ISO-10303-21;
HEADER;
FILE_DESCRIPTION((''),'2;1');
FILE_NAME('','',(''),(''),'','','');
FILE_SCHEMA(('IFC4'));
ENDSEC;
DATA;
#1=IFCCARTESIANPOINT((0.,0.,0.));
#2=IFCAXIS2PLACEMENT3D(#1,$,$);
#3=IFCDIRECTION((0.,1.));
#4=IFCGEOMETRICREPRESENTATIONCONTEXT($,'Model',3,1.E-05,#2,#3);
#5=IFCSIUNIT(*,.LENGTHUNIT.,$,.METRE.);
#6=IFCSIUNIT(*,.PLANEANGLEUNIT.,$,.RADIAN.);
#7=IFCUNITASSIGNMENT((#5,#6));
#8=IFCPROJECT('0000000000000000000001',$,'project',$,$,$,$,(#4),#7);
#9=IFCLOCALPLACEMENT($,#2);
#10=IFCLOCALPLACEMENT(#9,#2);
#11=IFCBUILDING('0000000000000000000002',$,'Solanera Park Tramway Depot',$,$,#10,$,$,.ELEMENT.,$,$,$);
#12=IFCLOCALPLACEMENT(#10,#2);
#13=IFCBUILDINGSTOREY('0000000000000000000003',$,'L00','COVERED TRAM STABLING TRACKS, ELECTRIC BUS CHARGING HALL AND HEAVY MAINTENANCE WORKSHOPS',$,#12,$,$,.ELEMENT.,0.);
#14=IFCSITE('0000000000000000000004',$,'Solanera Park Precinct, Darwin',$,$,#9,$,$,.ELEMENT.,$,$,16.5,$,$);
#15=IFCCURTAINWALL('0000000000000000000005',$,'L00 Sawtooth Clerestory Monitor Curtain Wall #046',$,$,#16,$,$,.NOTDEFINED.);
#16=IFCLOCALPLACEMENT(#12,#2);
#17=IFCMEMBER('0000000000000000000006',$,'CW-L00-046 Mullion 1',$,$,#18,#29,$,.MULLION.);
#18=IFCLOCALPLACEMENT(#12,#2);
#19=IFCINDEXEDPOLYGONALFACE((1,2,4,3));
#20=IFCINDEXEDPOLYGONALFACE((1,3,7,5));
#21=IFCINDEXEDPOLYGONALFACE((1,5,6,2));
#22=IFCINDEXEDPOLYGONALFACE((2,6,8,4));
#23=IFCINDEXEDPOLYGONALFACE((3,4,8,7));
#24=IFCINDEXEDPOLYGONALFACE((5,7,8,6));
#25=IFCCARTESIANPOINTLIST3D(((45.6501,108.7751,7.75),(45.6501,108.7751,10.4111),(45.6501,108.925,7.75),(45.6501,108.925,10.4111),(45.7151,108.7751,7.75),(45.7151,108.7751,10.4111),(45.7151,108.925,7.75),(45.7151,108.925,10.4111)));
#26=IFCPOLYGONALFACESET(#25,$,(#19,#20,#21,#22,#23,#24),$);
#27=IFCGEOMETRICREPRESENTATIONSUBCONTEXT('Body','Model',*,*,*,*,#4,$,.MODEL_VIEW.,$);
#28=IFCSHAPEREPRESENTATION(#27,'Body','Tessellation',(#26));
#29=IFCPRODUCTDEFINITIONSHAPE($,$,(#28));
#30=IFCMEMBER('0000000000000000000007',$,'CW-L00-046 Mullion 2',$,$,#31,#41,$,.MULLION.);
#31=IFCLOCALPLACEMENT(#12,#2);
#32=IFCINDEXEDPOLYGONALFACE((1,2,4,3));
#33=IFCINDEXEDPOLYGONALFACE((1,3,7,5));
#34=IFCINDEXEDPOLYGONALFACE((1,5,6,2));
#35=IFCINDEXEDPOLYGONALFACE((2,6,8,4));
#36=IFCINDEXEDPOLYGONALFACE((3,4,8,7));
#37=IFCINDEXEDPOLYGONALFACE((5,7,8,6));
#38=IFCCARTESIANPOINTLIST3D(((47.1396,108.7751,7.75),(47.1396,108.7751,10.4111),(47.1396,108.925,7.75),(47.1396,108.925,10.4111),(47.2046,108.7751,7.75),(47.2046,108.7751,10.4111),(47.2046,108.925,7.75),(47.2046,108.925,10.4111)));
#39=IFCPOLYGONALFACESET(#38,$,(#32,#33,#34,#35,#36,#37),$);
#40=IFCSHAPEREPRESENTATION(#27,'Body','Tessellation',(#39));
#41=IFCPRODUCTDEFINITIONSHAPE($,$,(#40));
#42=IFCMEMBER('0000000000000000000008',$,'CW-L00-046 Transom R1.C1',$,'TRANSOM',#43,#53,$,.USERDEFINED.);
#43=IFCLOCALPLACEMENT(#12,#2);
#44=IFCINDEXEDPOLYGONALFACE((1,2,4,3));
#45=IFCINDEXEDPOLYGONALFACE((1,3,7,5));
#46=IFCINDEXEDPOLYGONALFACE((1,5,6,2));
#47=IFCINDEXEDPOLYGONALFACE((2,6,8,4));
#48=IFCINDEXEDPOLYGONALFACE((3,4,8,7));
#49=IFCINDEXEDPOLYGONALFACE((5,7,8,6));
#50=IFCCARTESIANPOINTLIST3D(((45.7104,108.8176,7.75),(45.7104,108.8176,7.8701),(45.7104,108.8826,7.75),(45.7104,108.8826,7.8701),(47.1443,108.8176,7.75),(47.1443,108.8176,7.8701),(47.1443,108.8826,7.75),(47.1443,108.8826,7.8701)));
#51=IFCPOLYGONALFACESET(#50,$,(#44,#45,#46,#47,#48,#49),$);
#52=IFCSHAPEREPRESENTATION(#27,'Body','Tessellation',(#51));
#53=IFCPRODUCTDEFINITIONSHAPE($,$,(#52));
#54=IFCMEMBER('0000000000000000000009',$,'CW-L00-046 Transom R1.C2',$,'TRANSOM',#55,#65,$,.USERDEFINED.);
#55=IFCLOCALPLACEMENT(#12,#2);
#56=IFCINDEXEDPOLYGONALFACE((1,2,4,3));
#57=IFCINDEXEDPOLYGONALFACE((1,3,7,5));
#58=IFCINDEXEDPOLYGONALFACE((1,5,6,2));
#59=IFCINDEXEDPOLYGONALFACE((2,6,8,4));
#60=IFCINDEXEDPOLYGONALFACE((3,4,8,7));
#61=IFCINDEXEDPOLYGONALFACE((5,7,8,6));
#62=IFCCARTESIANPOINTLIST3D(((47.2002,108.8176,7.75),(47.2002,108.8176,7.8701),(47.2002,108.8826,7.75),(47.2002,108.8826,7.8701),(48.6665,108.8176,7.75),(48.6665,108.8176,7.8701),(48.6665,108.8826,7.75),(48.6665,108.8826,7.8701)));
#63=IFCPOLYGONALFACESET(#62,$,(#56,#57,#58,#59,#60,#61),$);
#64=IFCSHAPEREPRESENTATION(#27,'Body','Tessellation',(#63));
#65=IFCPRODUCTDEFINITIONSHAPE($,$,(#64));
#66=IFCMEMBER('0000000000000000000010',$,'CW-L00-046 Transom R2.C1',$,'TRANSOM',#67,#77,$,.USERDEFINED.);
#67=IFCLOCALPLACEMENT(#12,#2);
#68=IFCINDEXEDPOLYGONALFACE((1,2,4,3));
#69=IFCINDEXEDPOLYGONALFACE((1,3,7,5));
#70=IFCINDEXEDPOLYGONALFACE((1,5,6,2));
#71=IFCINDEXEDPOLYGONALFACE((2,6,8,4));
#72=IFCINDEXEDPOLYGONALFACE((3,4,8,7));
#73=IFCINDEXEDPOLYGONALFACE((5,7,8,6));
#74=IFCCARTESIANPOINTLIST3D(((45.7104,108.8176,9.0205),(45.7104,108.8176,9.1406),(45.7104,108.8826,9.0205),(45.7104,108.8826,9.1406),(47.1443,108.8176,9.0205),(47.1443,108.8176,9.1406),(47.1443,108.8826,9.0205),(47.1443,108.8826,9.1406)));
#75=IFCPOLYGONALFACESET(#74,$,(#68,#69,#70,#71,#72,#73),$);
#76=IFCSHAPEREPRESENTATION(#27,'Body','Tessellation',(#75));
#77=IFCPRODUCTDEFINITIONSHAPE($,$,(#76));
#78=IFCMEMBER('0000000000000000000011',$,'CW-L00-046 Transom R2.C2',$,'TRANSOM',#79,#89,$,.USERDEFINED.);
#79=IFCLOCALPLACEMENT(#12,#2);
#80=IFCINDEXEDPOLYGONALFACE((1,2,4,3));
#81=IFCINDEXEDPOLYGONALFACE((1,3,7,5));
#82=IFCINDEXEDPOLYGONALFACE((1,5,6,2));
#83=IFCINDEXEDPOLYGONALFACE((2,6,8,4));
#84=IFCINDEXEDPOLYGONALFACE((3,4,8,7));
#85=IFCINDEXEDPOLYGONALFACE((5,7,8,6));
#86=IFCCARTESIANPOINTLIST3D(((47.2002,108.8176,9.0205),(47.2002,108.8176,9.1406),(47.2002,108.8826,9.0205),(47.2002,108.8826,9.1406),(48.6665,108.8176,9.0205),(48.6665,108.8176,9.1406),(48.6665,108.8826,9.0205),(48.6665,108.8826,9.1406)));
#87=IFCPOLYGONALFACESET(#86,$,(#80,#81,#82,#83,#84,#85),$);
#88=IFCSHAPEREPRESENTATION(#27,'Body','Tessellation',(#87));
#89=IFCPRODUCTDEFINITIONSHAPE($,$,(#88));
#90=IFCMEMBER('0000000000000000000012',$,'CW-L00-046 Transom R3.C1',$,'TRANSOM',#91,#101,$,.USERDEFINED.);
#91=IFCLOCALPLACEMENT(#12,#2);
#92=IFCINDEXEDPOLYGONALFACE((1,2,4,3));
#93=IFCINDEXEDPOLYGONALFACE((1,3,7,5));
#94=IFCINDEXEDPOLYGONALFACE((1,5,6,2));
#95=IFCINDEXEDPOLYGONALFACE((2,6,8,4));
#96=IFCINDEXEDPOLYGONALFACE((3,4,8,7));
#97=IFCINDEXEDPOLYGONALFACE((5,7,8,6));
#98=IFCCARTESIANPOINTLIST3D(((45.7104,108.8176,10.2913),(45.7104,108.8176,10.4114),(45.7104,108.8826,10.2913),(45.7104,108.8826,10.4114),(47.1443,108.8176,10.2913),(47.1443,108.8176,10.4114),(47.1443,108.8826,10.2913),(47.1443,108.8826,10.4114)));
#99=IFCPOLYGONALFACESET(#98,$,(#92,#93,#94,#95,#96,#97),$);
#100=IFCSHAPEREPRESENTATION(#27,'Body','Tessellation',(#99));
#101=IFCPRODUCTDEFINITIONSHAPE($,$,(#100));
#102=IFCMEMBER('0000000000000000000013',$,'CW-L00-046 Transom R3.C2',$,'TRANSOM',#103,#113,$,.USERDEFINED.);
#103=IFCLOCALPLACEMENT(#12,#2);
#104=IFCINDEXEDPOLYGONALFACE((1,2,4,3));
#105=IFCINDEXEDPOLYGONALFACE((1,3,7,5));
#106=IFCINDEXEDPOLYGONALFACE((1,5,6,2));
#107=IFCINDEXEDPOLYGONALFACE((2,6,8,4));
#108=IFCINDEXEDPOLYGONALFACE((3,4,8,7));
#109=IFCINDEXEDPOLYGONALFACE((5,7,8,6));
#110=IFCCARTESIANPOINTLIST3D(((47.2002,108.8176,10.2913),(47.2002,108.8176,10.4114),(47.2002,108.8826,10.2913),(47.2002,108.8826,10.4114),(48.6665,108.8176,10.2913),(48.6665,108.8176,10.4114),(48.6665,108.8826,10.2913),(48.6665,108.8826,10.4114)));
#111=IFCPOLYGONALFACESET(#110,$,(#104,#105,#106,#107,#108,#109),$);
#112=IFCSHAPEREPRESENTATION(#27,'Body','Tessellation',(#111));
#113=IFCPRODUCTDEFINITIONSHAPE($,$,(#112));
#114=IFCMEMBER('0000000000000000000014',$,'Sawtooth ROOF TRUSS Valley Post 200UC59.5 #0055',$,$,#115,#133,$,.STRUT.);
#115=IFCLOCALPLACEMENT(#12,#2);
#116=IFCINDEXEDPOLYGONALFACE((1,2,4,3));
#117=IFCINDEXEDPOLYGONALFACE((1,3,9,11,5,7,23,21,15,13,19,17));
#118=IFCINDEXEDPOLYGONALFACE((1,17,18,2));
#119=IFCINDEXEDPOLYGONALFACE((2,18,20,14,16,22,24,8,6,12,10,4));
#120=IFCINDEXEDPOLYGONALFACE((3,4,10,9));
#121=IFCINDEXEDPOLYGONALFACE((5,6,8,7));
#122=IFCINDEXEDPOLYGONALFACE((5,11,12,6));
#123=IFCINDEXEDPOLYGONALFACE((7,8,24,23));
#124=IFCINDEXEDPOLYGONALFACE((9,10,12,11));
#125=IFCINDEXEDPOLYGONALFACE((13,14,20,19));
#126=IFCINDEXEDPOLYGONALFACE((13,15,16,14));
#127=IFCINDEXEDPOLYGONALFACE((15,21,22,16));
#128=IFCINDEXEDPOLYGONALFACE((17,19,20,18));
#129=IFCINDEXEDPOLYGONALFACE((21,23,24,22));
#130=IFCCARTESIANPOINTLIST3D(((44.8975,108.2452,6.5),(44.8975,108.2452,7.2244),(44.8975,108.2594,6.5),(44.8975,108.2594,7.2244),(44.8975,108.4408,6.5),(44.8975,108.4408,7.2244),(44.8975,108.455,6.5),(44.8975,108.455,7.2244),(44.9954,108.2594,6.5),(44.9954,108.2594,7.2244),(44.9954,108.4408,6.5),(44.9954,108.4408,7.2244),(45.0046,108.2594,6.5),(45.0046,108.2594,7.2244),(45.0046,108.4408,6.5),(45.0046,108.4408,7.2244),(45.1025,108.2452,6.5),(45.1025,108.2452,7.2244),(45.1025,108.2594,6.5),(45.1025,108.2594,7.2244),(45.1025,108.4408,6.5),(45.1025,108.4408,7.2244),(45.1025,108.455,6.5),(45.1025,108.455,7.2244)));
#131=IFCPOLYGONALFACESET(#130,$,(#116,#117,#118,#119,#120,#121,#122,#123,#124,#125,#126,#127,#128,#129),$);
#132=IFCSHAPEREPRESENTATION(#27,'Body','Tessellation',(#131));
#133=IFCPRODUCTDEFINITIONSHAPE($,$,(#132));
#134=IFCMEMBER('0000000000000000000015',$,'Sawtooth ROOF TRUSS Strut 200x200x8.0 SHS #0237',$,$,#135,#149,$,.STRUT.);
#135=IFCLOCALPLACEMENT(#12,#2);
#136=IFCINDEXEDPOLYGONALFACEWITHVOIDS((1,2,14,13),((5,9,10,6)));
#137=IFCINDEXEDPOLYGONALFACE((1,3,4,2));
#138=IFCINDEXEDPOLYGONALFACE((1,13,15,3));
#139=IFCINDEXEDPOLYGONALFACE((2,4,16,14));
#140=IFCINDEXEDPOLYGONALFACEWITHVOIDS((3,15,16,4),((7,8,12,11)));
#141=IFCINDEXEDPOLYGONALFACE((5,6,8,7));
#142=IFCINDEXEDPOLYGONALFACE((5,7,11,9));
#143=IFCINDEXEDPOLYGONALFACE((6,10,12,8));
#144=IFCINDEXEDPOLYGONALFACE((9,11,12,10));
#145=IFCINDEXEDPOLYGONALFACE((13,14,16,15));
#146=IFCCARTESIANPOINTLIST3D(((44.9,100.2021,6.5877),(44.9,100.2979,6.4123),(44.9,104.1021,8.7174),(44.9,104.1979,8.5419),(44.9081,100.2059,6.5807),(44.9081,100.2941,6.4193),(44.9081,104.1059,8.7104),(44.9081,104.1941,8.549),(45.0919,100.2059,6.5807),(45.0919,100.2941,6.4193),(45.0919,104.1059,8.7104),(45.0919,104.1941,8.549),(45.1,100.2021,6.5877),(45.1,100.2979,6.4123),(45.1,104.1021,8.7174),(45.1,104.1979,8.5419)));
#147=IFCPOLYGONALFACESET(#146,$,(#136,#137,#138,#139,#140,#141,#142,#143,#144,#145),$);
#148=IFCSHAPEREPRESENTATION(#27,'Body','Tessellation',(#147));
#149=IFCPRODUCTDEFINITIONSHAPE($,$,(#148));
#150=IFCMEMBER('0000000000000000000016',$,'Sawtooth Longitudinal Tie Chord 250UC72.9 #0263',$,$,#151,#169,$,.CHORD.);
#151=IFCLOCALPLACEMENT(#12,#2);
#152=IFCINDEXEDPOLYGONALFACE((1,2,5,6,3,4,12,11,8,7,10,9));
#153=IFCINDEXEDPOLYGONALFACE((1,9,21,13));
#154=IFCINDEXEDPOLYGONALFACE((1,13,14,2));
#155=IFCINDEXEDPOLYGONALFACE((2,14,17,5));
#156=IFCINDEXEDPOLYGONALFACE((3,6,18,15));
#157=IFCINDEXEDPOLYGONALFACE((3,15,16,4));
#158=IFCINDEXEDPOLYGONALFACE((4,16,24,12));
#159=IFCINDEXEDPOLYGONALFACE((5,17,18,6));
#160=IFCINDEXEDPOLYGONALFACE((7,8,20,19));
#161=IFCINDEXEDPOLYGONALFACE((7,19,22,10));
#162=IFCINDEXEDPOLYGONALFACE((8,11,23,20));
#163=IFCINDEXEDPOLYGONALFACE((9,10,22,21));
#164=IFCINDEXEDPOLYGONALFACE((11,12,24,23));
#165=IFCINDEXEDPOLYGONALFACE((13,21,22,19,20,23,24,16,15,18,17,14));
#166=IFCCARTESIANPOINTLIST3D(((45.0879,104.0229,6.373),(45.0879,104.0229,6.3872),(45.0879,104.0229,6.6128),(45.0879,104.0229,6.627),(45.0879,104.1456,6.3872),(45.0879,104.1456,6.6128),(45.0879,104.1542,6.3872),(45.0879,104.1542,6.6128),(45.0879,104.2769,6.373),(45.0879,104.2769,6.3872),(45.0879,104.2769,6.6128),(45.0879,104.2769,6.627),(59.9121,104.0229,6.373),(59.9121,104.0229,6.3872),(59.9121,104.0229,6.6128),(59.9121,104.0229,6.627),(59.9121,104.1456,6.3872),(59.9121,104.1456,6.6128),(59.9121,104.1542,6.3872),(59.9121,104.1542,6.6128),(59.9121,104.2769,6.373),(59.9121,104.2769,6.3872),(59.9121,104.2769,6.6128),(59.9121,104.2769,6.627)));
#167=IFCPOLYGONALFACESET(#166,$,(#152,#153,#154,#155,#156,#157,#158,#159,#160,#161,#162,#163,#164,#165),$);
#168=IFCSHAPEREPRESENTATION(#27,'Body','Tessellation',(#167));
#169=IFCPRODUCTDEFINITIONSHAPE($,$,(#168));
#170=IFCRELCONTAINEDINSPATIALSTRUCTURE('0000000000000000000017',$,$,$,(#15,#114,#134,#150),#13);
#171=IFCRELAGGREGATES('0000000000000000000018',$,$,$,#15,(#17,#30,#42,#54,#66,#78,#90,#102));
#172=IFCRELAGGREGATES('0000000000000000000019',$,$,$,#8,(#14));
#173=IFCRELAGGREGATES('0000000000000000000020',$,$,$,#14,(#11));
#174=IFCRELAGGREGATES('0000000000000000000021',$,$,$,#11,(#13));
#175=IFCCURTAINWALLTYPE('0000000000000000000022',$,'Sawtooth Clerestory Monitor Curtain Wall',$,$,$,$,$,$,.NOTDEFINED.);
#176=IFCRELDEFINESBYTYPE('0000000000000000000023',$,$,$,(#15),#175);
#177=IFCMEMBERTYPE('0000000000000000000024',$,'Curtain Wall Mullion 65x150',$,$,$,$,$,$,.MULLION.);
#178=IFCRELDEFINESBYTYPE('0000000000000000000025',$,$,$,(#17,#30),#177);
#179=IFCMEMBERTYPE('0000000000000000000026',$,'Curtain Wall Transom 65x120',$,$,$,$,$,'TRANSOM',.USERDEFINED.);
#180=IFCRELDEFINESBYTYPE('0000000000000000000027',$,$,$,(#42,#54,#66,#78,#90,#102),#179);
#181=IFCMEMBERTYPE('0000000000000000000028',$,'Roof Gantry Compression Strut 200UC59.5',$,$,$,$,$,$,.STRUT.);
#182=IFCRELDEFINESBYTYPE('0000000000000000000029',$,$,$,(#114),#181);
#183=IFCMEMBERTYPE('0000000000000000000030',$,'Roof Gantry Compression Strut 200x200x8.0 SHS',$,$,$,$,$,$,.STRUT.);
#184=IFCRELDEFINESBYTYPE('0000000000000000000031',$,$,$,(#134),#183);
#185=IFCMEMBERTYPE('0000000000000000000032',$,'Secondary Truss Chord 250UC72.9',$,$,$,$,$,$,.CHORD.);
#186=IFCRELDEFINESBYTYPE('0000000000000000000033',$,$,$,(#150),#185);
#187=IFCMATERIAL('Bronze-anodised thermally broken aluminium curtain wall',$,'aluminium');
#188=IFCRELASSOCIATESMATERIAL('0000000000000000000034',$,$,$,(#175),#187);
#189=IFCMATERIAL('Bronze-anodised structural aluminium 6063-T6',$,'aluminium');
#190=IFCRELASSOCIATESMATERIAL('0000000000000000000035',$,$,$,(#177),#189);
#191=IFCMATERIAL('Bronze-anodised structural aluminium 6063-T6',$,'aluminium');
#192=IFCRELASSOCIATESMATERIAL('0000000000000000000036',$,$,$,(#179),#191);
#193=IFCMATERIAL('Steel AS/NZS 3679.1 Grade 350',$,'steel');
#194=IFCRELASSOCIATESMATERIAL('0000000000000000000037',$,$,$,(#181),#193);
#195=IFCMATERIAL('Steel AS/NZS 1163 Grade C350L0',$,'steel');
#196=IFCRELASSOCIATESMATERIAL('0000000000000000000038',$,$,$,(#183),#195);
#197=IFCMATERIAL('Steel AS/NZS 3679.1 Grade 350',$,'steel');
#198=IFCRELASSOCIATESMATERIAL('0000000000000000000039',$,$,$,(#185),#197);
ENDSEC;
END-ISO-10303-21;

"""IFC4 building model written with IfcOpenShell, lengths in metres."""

from ifc_helpers import new_model, si_unit, direction, frame, origin, origin_2d, place, context, subcontext, project, spatial, rectangle, hollow_rectangle, i_section, extrude, material, material_profile, profile_set, type_object, element, aggregate, save


model = new_model("IFC4")

# Units and contexts
model_context = context("Model", 3, precision=1e-05, world=origin(), true_north=direction((0.0, 1.0)))
body_context = subcontext(model_context, "Body", "Model", "MODEL_VIEW")
ifc_project = project(units=[si_unit("LENGTHUNIT", "METRE"), si_unit("PLANEANGLEUNIT", "RADIAN")], contexts=[model_context])

# Site, building, storey
site_placement = place(None, origin())
site = spatial("IfcSite", under=ifc_project, at=site_placement, Name="Solanera Park Precinct, Darwin", CompositionType="ELEMENT", RefElevation=16.5)
building_placement = place(site_placement, origin())
building = spatial("IfcBuilding", under=site, at=building_placement, Name="Solanera Park Tramway Depot", CompositionType="ELEMENT")
storey_placement = place(building_placement, origin())
storey = spatial("IfcBuildingStorey", under=building, at=storey_placement, Name="L00", Description="COVERED TRAM STABLING TRACKS, ELECTRIC BUS CHARGING HALL AND HEAVY MAINTENANCE WORKSHOPS", CompositionType="ELEMENT", Elevation=0.0)

# Curtain wall, members
ifc_material_1 = material(Name="Bronze-anodised thermally broken aluminium curtain wall", Category="aluminium")
curtain_wall_type = type_object("IfcCurtainWallType", Name="Sawtooth Clerestory Monitor Curtain Wall", PredefinedType="NOTDEFINED", material=ifc_material_1)
curtain_wall_placement = place(storey_placement, origin())
curtain_wall = element("IfcCurtainWall", 1, at=curtain_wall_placement, inside=storey, type_object=curtain_wall_type, Name="L00 Sawtooth Clerestory Monitor Curtain Wall #046", PredefinedType="NOTDEFINED")
ifc_material_2 = material(Name="Bronze-anodised structural aluminium 6063-T6", Category="aluminium")
ifc_material_profile_1 = material_profile(ifc_material_2, rectangle(XDim=0.0649, YDim=0.1499, at=origin_2d()), Name="Curtain Wall Mullion 65x150")
ifc_profile_set_1 = profile_set([ifc_material_profile_1], Name="Bronze-anodised structural aluminium 6063-T6")
member_type_1 = type_object("IfcMemberType", Name="Curtain Wall Mullion 65x150", PredefinedType="MULLION", material=ifc_profile_set_1)
member_1_placement = place(storey_placement, frame((45.6826, 108.8501, 7.75), z_axis=(0.0, 0.0, 1.0), x_axis=(1.0, 0.0, 0.0)))
member_1 = element("IfcMember", 2, at=member_1_placement, type_object=member_type_1, Name="CW-L00-046 Mullion 1", PredefinedType="MULLION", context=body_context, shape_type="SweptSolid", body=[
    extrude(rectangle(XDim=0.0649, YDim=0.1499, at=origin_2d()), origin(), (0.0, 0.0, 1.0), 2.6611),
])
member_2_placement = place(storey_placement, frame((47.1721, 108.8501, 7.75), z_axis=(0.0, 0.0, 1.0), x_axis=(1.0, 0.0, 0.0)))
member_2 = element("IfcMember", 3, at=member_2_placement, type_object=member_type_1, Name="CW-L00-046 Mullion 2", PredefinedType="MULLION", context=body_context, shape_type="SweptSolid", body=[
    extrude(rectangle(XDim=0.0649, YDim=0.1499, at=origin_2d()), origin(), (0.0, 0.0, 1.0), 2.6611),
])
ifc_material_3 = material(Name="Bronze-anodised structural aluminium 6063-T6", Category="aluminium")
ifc_material_profile_2 = material_profile(ifc_material_3, rectangle(XDim=0.0649, YDim=0.1201, at=origin_2d()), Name="Curtain Wall Transom 65x120")
ifc_profile_set_2 = profile_set([ifc_material_profile_2], Name="Bronze-anodised structural aluminium 6063-T6")
member_type_2 = type_object("IfcMemberType", Name="Curtain Wall Transom 65x120", ElementType="TRANSOM", PredefinedType="USERDEFINED", material=ifc_profile_set_2)
member_3_placement = place(storey_placement, frame((45.7104, 108.8501, 7.8101), z_axis=(1.0, 0.0, 0.0), x_axis=(0.0, 1.0, 0.0)))
member_3 = element("IfcMember", 4, at=member_3_placement, type_object=member_type_2, Name="CW-L00-046 Transom R1.C1", ObjectType="TRANSOM", PredefinedType="USERDEFINED", context=body_context, shape_type="SweptSolid", body=[
    extrude(rectangle(XDim=0.0649, YDim=0.1201, at=origin_2d()), origin(), (0.0, 0.0, 1.0), 1.4338),
])
member_4_placement = place(storey_placement, frame((47.2002, 108.8501, 7.8101), z_axis=(1.0, 0.0, 0.0), x_axis=(0.0, 1.0, 0.0)))
member_4 = element("IfcMember", 5, at=member_4_placement, type_object=member_type_2, Name="CW-L00-046 Transom R1.C2", ObjectType="TRANSOM", PredefinedType="USERDEFINED", context=body_context, shape_type="SweptSolid", body=[
    extrude(rectangle(XDim=0.0649, YDim=0.1201, at=origin_2d()), origin(), (0.0, 0.0, 1.0), 1.4663),
])
member_5_placement = place(storey_placement, frame((45.7104, 108.8501, 9.0806), z_axis=(1.0, 0.0, 0.0), x_axis=(0.0, 1.0, 0.0)))
member_5 = element("IfcMember", 6, at=member_5_placement, type_object=member_type_2, Name="CW-L00-046 Transom R2.C1", ObjectType="TRANSOM", PredefinedType="USERDEFINED", context=body_context, shape_type="SweptSolid", body=[
    extrude(rectangle(XDim=0.0649, YDim=0.1201, at=origin_2d()), origin(), (0.0, 0.0, 1.0), 1.4338),
])
member_6_placement = place(storey_placement, frame((47.2002, 108.8501, 9.0806), z_axis=(1.0, 0.0, 0.0), x_axis=(0.0, 1.0, 0.0)))
member_6 = element("IfcMember", 7, at=member_6_placement, type_object=member_type_2, Name="CW-L00-046 Transom R2.C2", ObjectType="TRANSOM", PredefinedType="USERDEFINED", context=body_context, shape_type="SweptSolid", body=[
    extrude(rectangle(XDim=0.0649, YDim=0.1201, at=origin_2d()), origin(), (0.0, 0.0, 1.0), 1.4663),
])
member_7_placement = place(storey_placement, frame((45.7104, 108.8501, 10.3513), z_axis=(1.0, 0.0, 0.0), x_axis=(0.0, 1.0, 0.0)))
member_7 = element("IfcMember", 8, at=member_7_placement, type_object=member_type_2, Name="CW-L00-046 Transom R3.C1", ObjectType="TRANSOM", PredefinedType="USERDEFINED", context=body_context, shape_type="SweptSolid", body=[
    extrude(rectangle(XDim=0.0649, YDim=0.1201, at=origin_2d()), origin(), (0.0, 0.0, 1.0), 1.4338),
])
member_8_placement = place(storey_placement, frame((47.2002, 108.8501, 10.3513), z_axis=(1.0, 0.0, 0.0), x_axis=(0.0, 1.0, 0.0)))
member_8 = element("IfcMember", 9, at=member_8_placement, type_object=member_type_2, Name="CW-L00-046 Transom R3.C2", ObjectType="TRANSOM", PredefinedType="USERDEFINED", context=body_context, shape_type="SweptSolid", body=[
    extrude(rectangle(XDim=0.0649, YDim=0.1201, at=origin_2d()), origin(), (0.0, 0.0, 1.0), 1.4663),
])

# Members
ifc_material_4 = material(Name="Steel AS/NZS 3679.1 Grade 350", Category="steel")
ifc_material_profile_3 = material_profile(ifc_material_4, i_section(OverallWidth=0.2051, OverallDepth=0.2097, WebThickness=0.0093, FlangeThickness=0.0142, at=origin_2d()), Name="200UC59.5")
ifc_profile_set_3 = profile_set([ifc_material_profile_3], Name="Steel AS/NZS 3679.1 Grade 350")
member_type_3 = type_object("IfcMemberType", Name="Roof Gantry Compression Strut 200UC59.5", PredefinedType="STRUT", material=ifc_profile_set_3)
member_9_placement = place(storey_placement, frame((45.0, 108.3501, 6.5), z_axis=(0.0, 0.0, 1.0), x_axis=(1.0, 0.0, 0.0)))
element("IfcMember", 10, at=member_9_placement, inside=storey, type_object=member_type_3, Name="Sawtooth ROOF TRUSS Valley Post 200UC59.5 #0055", PredefinedType="STRUT", context=body_context, shape_type="SweptSolid", body=[
    extrude(i_section(OverallWidth=0.2051, OverallDepth=0.2097, WebThickness=0.0093, FlangeThickness=0.0142, at=origin_2d()), origin(), (0.0, 0.0, 1.0), 0.7244),
])
ifc_material_5 = material(Name="Steel AS/NZS 1163 Grade C350L0", Category="steel")
ifc_material_profile_4 = material_profile(ifc_material_5, hollow_rectangle(XDim=0.2, YDim=0.2, WallThickness=0.0081, at=origin_2d()), Name="200x200x8.0 SHS")
ifc_profile_set_4 = profile_set([ifc_material_profile_4], Name="Steel AS/NZS 1163 Grade C350L0")
member_type_4 = type_object("IfcMemberType", Name="Roof Gantry Compression Strut 200x200x8.0 SHS", PredefinedType="STRUT", material=ifc_profile_set_4)
member_10_placement = place(storey_placement, frame((45.0, 100.25, 6.5), z_axis=(0.0, 0.877667, 0.479272), x_axis=(-1.0, 0.0, 0.0)))
element("IfcMember", 11, at=member_10_placement, inside=storey, type_object=member_type_4, Name="Sawtooth ROOF TRUSS Strut 200x200x8.0 SHS #0237", PredefinedType="STRUT", context=body_context, shape_type="SweptSolid", body=[
    extrude(hollow_rectangle(XDim=0.2, YDim=0.2, WallThickness=0.0081, at=origin_2d()), origin(), (0.0, 0.0, 1.0), 4.4436),
])
ifc_material_6 = material(Name="Steel AS/NZS 3679.1 Grade 350", Category="steel")
ifc_material_profile_5 = material_profile(ifc_material_6, i_section(OverallWidth=0.2539, OverallDepth=0.2539, WebThickness=0.0085, FlangeThickness=0.0142, at=origin_2d()), Name="250UC72.9")
ifc_profile_set_5 = profile_set([ifc_material_profile_5], Name="Steel AS/NZS 3679.1 Grade 350")
member_type_5 = type_object("IfcMemberType", Name="Secondary Truss Chord 250UC72.9", PredefinedType="CHORD", material=ifc_profile_set_5)
member_11_placement = place(storey_placement, frame((45.0879, 104.1499, 6.5), z_axis=(1.0, 0.0, 0.0), x_axis=(0.0, 1.0, 0.0)))
element("IfcMember", 12, at=member_11_placement, inside=storey, type_object=member_type_5, Name="Sawtooth Longitudinal Tie Chord 250UC72.9 #0263", PredefinedType="CHORD", context=body_context, shape_type="SweptSolid", body=[
    extrude(i_section(OverallWidth=0.2539, OverallDepth=0.2539, WebThickness=0.0085, FlangeThickness=0.0142, at=origin_2d()), origin(), (0.0, 0.0, 1.0), 14.8242),
])

aggregate(curtain_wall, [member_1, member_2, member_3, member_4, member_5, member_6, member_7, member_8])

save(model, "model.ifc")
